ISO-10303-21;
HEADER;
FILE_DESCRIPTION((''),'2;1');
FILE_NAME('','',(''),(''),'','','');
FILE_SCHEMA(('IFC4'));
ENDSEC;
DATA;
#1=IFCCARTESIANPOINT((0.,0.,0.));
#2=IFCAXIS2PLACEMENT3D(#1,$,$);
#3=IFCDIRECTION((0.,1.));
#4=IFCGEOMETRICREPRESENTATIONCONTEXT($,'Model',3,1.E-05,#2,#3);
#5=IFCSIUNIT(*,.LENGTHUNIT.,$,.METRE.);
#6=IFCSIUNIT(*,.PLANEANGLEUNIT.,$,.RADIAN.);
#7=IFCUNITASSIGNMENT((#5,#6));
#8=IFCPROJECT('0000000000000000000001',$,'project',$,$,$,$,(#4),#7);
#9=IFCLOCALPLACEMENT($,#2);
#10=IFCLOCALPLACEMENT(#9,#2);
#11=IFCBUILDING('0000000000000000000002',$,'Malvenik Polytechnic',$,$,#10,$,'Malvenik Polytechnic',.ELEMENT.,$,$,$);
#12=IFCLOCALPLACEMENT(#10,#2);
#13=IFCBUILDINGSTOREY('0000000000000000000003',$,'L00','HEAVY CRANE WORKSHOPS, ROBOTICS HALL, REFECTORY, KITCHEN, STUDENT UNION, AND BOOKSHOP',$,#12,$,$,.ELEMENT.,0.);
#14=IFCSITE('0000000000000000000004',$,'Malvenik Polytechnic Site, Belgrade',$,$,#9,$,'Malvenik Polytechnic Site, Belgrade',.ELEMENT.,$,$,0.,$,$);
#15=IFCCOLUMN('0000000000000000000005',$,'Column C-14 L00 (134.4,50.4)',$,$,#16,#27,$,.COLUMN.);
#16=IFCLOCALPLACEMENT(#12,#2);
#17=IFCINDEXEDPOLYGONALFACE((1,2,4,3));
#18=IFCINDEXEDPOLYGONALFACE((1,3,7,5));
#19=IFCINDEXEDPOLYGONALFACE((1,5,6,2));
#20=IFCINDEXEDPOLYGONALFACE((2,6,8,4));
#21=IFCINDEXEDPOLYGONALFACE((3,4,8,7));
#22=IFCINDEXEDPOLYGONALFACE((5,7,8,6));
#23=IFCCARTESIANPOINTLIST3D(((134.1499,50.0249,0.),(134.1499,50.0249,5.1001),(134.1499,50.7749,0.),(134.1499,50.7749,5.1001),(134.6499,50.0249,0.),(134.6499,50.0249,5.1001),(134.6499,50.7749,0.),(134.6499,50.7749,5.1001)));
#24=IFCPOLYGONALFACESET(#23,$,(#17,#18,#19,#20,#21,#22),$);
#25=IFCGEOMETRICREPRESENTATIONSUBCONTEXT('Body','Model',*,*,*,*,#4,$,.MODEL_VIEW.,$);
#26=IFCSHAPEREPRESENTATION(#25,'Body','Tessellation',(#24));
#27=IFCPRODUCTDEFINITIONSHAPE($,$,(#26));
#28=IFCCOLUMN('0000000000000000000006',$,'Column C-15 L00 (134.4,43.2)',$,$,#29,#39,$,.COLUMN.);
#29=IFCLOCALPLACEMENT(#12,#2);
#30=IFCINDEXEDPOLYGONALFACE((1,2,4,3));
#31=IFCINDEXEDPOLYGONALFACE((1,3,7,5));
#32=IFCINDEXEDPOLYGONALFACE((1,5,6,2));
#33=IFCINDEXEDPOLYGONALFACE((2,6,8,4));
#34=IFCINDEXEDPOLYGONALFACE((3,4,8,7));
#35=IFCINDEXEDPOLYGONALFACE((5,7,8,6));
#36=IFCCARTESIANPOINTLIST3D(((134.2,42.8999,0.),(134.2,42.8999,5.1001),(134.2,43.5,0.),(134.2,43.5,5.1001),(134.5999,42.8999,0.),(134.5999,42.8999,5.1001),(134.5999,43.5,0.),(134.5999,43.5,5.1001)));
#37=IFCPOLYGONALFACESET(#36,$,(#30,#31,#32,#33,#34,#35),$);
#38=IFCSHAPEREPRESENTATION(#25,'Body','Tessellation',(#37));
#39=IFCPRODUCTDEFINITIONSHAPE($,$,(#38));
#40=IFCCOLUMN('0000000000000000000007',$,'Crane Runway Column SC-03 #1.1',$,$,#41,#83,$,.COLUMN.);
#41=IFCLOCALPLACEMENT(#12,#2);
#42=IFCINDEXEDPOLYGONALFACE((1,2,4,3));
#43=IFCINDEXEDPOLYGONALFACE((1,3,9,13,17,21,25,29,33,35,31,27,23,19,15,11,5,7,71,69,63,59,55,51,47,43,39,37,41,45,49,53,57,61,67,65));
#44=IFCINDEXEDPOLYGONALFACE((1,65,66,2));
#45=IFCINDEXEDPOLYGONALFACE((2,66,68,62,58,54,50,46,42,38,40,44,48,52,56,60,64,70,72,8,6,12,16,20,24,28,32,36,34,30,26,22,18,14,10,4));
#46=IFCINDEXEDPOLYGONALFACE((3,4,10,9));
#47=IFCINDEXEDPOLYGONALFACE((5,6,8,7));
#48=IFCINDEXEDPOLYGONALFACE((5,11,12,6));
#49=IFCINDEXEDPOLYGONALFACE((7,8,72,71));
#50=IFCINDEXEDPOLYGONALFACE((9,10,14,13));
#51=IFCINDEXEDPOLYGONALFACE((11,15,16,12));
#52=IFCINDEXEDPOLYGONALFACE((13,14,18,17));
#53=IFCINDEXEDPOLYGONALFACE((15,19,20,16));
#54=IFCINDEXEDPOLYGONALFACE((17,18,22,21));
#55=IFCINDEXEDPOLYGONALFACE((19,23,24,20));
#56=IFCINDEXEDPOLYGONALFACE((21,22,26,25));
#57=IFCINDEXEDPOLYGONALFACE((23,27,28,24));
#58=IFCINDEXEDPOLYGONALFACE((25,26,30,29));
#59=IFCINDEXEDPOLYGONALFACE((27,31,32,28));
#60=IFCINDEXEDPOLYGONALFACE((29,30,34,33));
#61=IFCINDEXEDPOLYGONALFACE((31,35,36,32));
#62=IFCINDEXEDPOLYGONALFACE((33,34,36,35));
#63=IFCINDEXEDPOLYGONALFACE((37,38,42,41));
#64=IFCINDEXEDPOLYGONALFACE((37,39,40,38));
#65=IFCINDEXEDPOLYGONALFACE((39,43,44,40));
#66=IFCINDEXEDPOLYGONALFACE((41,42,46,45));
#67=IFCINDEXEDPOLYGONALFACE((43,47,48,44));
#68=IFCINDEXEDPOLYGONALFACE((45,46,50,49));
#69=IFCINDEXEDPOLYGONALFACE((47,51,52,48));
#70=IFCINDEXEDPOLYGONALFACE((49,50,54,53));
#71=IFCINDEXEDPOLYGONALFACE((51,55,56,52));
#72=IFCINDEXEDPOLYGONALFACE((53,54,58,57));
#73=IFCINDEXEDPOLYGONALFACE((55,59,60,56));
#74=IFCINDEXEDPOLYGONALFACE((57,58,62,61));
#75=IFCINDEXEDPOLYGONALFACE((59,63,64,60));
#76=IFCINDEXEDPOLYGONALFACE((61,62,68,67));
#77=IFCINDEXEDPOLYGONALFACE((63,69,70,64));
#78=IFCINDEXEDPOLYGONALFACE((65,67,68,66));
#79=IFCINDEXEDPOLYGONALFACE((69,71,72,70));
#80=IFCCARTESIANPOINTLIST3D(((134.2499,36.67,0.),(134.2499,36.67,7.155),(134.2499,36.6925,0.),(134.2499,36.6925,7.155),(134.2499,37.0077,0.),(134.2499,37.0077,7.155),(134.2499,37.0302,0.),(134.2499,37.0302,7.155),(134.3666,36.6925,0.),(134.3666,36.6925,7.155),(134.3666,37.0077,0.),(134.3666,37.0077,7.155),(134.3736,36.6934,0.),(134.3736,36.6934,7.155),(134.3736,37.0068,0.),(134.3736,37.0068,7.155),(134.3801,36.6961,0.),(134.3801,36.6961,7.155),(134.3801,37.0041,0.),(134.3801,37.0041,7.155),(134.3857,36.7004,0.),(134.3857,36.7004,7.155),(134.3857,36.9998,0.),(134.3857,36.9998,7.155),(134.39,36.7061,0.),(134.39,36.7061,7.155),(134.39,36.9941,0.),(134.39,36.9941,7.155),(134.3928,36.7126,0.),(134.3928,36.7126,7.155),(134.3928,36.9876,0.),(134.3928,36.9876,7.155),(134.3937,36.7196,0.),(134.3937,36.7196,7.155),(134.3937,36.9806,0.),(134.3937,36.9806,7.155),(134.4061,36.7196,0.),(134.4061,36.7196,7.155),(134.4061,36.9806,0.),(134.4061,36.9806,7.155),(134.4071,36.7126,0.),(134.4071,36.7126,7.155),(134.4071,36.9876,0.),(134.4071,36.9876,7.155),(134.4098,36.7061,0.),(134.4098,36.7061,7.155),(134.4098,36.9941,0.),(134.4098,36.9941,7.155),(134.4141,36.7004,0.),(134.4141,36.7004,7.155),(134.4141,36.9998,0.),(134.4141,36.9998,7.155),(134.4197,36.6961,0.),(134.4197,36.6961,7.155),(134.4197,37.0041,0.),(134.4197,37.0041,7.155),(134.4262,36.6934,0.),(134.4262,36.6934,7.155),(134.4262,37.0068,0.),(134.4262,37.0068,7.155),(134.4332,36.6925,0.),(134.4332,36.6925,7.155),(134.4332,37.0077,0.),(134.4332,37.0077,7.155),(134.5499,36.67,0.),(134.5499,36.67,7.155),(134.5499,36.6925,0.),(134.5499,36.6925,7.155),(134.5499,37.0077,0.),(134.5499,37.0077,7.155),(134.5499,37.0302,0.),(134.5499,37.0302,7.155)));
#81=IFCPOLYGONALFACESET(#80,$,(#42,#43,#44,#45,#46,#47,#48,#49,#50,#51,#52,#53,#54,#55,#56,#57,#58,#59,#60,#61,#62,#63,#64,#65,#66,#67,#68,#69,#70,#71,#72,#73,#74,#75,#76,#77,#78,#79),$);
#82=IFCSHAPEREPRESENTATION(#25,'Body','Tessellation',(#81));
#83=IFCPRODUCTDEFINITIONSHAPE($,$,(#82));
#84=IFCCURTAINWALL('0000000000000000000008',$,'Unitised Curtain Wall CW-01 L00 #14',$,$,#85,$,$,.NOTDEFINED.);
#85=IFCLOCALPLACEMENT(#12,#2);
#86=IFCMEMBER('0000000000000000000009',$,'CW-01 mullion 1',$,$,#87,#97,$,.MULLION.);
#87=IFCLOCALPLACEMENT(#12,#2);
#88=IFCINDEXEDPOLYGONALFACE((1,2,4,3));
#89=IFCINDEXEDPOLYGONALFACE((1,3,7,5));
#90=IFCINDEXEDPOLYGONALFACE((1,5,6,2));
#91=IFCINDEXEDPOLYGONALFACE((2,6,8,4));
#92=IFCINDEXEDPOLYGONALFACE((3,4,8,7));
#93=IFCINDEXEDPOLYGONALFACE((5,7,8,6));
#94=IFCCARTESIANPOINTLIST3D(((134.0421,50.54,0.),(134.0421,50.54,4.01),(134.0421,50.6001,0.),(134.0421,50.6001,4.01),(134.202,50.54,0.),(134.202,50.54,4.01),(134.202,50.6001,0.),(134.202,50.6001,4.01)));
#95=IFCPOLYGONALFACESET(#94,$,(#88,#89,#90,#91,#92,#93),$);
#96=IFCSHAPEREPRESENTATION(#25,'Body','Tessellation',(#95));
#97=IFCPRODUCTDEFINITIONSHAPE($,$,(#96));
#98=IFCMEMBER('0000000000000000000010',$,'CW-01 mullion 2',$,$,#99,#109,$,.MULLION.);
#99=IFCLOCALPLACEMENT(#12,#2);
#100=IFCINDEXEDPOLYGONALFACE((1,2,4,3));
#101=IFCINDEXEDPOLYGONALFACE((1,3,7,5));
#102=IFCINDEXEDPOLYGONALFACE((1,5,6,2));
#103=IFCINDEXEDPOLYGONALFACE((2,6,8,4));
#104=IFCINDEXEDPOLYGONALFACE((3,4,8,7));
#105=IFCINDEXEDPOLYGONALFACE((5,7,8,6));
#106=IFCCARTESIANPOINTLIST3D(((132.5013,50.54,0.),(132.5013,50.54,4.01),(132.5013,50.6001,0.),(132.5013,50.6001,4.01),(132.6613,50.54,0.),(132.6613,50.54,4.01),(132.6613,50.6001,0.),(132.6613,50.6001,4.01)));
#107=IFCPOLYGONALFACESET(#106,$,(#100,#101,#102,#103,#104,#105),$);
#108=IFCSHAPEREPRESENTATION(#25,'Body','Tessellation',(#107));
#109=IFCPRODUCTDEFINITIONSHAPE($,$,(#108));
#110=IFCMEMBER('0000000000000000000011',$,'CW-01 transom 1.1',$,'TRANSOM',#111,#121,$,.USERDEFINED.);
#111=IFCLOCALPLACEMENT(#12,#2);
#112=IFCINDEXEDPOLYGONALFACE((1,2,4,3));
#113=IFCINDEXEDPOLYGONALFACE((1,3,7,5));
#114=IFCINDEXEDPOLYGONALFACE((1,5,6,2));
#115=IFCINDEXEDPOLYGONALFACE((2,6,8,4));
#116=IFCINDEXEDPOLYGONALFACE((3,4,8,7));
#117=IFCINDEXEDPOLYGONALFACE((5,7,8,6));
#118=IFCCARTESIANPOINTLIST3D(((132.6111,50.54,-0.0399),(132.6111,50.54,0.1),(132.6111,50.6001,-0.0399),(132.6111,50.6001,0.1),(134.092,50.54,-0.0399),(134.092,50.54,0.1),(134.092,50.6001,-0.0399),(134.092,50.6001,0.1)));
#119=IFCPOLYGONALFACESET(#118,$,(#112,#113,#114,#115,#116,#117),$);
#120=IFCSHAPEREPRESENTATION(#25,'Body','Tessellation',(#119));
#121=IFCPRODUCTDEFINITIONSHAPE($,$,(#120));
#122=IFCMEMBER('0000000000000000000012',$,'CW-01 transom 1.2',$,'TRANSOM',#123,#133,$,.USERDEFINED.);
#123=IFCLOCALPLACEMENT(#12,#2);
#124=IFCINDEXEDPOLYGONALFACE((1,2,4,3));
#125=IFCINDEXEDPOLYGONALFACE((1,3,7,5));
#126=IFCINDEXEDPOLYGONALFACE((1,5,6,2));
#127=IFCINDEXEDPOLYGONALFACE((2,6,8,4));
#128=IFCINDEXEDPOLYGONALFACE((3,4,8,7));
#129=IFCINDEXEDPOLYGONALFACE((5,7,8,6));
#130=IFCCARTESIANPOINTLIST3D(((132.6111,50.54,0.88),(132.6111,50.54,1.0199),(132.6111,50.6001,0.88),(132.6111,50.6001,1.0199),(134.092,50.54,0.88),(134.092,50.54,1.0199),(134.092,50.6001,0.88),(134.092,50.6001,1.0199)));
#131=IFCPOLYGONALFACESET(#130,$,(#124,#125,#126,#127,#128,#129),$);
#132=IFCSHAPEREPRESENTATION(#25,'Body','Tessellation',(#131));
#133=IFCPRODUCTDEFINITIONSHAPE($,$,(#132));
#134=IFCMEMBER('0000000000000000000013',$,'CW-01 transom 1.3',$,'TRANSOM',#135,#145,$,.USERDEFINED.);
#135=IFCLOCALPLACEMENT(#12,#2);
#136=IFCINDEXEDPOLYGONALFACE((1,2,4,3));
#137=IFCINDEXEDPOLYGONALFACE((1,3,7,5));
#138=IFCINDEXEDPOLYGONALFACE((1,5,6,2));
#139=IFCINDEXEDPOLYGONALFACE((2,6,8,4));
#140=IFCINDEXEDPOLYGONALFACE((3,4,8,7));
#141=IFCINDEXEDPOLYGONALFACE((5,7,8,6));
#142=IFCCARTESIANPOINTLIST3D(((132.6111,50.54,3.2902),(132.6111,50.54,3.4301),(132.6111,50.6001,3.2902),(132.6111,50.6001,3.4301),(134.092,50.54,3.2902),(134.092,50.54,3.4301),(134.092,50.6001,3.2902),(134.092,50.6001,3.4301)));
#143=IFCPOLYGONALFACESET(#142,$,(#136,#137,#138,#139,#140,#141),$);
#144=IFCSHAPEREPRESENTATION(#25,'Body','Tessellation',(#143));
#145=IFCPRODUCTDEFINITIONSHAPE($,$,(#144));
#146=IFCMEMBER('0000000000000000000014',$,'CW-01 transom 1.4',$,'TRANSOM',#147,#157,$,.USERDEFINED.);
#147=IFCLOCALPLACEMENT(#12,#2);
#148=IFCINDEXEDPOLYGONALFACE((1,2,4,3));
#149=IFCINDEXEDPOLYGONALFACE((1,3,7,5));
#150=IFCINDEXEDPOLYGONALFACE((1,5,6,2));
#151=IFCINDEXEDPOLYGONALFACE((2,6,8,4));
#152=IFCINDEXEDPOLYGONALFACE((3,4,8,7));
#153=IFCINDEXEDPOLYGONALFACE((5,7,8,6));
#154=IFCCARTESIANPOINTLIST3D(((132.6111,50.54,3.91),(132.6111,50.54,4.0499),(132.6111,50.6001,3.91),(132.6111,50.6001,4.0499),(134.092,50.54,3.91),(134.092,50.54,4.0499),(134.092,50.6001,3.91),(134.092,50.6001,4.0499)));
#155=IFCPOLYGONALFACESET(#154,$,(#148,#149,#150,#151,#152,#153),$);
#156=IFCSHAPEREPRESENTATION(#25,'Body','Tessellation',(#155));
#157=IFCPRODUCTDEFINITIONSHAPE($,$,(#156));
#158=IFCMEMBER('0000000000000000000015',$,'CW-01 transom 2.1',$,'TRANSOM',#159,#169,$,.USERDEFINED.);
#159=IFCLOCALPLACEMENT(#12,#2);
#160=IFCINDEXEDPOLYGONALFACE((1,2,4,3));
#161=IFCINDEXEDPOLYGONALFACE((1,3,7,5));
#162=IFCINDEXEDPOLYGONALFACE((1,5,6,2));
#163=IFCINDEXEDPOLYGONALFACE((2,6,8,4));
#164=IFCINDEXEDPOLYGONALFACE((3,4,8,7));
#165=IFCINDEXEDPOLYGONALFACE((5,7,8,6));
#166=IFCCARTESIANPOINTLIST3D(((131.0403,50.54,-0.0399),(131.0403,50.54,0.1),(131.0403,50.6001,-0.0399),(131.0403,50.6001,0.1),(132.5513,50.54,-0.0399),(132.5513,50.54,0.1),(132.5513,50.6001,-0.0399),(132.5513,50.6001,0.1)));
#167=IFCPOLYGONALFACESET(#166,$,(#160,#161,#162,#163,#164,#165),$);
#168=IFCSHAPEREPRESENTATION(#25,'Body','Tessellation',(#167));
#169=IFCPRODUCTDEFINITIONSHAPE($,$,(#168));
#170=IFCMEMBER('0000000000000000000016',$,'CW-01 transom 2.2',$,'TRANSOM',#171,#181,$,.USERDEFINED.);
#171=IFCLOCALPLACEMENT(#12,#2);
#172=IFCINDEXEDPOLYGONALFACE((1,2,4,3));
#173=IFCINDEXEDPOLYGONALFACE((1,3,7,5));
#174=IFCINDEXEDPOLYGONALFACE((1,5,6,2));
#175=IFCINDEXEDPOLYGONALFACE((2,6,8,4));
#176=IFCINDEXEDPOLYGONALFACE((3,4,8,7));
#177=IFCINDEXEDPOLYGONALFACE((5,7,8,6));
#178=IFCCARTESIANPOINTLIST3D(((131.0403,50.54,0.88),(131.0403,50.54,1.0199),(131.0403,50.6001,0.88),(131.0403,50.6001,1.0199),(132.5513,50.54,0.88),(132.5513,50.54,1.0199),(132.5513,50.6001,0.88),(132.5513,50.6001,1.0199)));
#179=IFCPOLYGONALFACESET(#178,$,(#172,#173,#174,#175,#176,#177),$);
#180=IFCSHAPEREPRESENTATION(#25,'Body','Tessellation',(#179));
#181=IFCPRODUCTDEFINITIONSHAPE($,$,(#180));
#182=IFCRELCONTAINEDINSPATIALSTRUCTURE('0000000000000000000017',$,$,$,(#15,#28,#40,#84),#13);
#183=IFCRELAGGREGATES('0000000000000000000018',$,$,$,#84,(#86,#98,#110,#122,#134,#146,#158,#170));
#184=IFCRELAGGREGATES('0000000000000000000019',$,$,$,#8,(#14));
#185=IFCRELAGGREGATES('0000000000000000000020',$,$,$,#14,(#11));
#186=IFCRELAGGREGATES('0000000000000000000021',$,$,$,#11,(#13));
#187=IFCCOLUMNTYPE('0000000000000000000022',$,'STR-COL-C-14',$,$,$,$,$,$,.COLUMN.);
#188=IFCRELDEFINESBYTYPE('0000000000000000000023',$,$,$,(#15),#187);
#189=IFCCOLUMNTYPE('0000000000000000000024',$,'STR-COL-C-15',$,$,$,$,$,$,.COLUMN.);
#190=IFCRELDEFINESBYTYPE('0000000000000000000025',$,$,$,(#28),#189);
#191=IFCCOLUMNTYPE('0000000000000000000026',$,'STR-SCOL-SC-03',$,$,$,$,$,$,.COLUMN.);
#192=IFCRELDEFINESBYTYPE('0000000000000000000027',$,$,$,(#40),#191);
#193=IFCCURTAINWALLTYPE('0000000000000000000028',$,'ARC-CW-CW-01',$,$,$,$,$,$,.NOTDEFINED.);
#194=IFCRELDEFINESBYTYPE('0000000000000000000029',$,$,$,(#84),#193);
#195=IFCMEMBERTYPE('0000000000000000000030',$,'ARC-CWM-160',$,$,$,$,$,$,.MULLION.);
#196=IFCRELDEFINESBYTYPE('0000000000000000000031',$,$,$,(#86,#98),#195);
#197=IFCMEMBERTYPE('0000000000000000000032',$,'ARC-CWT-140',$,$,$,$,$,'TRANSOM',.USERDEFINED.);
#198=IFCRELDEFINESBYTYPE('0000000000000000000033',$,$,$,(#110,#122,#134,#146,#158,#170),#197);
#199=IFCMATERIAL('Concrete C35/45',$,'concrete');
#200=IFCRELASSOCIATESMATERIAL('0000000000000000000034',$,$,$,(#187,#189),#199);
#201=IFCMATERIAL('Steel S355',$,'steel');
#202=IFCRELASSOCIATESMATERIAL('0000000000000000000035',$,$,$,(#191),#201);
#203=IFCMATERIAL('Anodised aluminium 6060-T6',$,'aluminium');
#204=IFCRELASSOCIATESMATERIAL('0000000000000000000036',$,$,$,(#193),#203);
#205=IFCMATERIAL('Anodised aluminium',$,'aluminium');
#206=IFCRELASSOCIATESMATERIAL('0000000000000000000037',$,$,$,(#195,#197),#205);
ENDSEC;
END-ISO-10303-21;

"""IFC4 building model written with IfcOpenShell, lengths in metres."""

from ifc_helpers import new_model, si_unit, direction, frame, origin, origin_2d, place, context, subcontext, project, spatial, rectangle, i_section, extrude, material, material_profile, profile_set, type_object, element, aggregate, save


model = new_model("IFC4")

# Units and contexts
model_context = context("Model", 3, precision=1e-05, world=origin(), true_north=direction((0.0, 1.0)))
body_context = subcontext(model_context, "Body", "Model", "MODEL_VIEW")
ifc_project = project(units=[si_unit("LENGTHUNIT", "METRE"), si_unit("PLANEANGLEUNIT", "RADIAN")], contexts=[model_context])

# Site, building, storey
site_placement = place(None, origin())
site = spatial("IfcSite", under=ifc_project, at=site_placement, Name="Malvenik Polytechnic Site, Belgrade", LongName="Malvenik Polytechnic Site, Belgrade", CompositionType="ELEMENT", RefElevation=0.0)
building_placement = place(site_placement, origin())
building = spatial("IfcBuilding", under=site, at=building_placement, Name="Malvenik Polytechnic", LongName="Malvenik Polytechnic", CompositionType="ELEMENT")
storey_placement = place(building_placement, origin())
storey = spatial("IfcBuildingStorey", under=building, at=storey_placement, Name="L00", Description="HEAVY CRANE WORKSHOPS, ROBOTICS HALL, REFECTORY, KITCHEN, STUDENT UNION, AND BOOKSHOP", CompositionType="ELEMENT", Elevation=0.0)

# Columns
ifc_material_1 = material(Name="Concrete C35/45", Category="concrete")
ifc_material_profile_1 = material_profile(ifc_material_1, rectangle(XDim=0.5, YDim=0.75, at=origin_2d()), Name="RC COL 750x500")
ifc_profile_set_1 = profile_set([ifc_material_profile_1], Name="Concrete C35/45")
column_type_1 = type_object("IfcColumnType", Name="STR-COL-C-14", PredefinedType="COLUMN", material=ifc_profile_set_1)
column_1_placement = place(storey_placement, frame((134.3999, 50.3999, 0.0), z_axis=(0.0, 0.0, 1.0), x_axis=(1.0, 0.0, 0.0)))
element("IfcColumn", 1, at=column_1_placement, inside=storey, type_object=column_type_1, Name="Column C-14 L00 (134.4,50.4)", PredefinedType="COLUMN", context=body_context, shape_type="SweptSolid", body=[
    extrude(rectangle(XDim=0.5, YDim=0.75, at=origin_2d()), origin(), (0.0, 0.0, 1.0), 5.1001),
])
ifc_material_profile_2 = material_profile(ifc_material_1, rectangle(XDim=0.3999, YDim=0.6001, at=origin_2d()), Name="RC COL 600x400")
ifc_profile_set_2 = profile_set([ifc_material_profile_2], Name="Concrete C35/45")
column_type_2 = type_object("IfcColumnType", Name="STR-COL-C-15", PredefinedType="COLUMN", material=ifc_profile_set_2)
column_2_placement = place(storey_placement, frame((134.3999, 43.2, 0.0), z_axis=(0.0, 0.0, 1.0), x_axis=(1.0, 0.0, 0.0)))
element("IfcColumn", 2, at=column_2_placement, inside=storey, type_object=column_type_2, Name="Column C-15 L00 (134.4,43.2)", PredefinedType="COLUMN", context=body_context, shape_type="SweptSolid", body=[
    extrude(rectangle(XDim=0.3999, YDim=0.6001, at=origin_2d()), origin(), (0.0, 0.0, 1.0), 5.1001),
])
ifc_material_2 = material(Name="Steel S355", Category="steel")
ifc_material_profile_3 = material_profile(ifc_material_2, i_section(OverallWidth=0.3, OverallDepth=0.3601, WebThickness=0.0125, FlangeThickness=0.0225, FilletRadius=0.0271, at=origin_2d()), Name="HEB 360")
ifc_profile_set_3 = profile_set([ifc_material_profile_3], Name="Steel S355")
column_type_3 = type_object("IfcColumnType", Name="STR-SCOL-SC-03", PredefinedType="COLUMN", material=ifc_profile_set_3)
column_3_placement = place(storey_placement, frame((134.3999, 36.8501, 0.0), z_axis=(0.0, 0.0, 1.0), x_axis=(1.0, 0.0, 0.0)))
element("IfcColumn", 3, at=column_3_placement, inside=storey, type_object=column_type_3, Name="Crane Runway Column SC-03 #1.1", PredefinedType="COLUMN", context=body_context, shape_type="SweptSolid", body=[
    extrude(i_section(OverallWidth=0.3, OverallDepth=0.3601, WebThickness=0.0125, FlangeThickness=0.0225, FilletRadius=0.0271, at=origin_2d()), origin(), (0.0, 0.0, 1.0), 7.155),
])

# Curtain wall, members
ifc_material_3 = material(Name="Anodised aluminium 6060-T6", Category="aluminium")
curtain_wall_type = type_object("IfcCurtainWallType", Name="ARC-CW-CW-01", PredefinedType="NOTDEFINED", material=ifc_material_3)
curtain_wall_placement = place(storey_placement, origin())
curtain_wall = element("IfcCurtainWall", 4, at=curtain_wall_placement, inside=storey, type_object=curtain_wall_type, Name="Unitised Curtain Wall CW-01 L00 #14", PredefinedType="NOTDEFINED")
ifc_material_4 = material(Name="Anodised aluminium", Category="aluminium")
ifc_material_profile_4 = material_profile(ifc_material_4, rectangle(XDim=0.0601, YDim=0.1599, at=origin_2d()), Name="ALU MULLION 60x160")
ifc_profile_set_4 = profile_set([ifc_material_profile_4], Name="Anodised aluminium")
member_type_1 = type_object("IfcMemberType", Name="ARC-CWM-160", PredefinedType="MULLION", material=ifc_profile_set_4)
member_1_placement = place(storey_placement, frame((134.1221, 50.5701, 0.0), z_axis=(0.0, 0.0, 1.0), x_axis=(0.0, -1.0, 0.0)))
member_1 = element("IfcMember", 5, at=member_1_placement, type_object=member_type_1, Name="CW-01 mullion 1", PredefinedType="MULLION", context=body_context, shape_type="SweptSolid", body=[
    extrude(rectangle(XDim=0.0601, YDim=0.1599, at=origin_2d()), origin(), (0.0, 0.0, 1.0), 4.01),
])
member_2_placement = place(storey_placement, frame((132.5813, 50.5701, 0.0), z_axis=(0.0, 0.0, 1.0), x_axis=(0.0, -1.0, 0.0)))
member_2 = element("IfcMember", 6, at=member_2_placement, type_object=member_type_1, Name="CW-01 mullion 2", PredefinedType="MULLION", context=body_context, shape_type="SweptSolid", body=[
    extrude(rectangle(XDim=0.0601, YDim=0.1599, at=origin_2d()), origin(), (0.0, 0.0, 1.0), 4.01),
])
ifc_material_profile_5 = material_profile(ifc_material_4, rectangle(XDim=0.0601, YDim=0.1399, at=origin_2d()), Name="ALU TRANSOM 60x140")
ifc_profile_set_5 = profile_set([ifc_material_profile_5], Name="Anodised aluminium")
member_type_2 = type_object("IfcMemberType", Name="ARC-CWT-140", ElementType="TRANSOM", PredefinedType="USERDEFINED", material=ifc_profile_set_5)
member_3_placement = place(storey_placement, frame((134.092, 50.5701, 0.03), z_axis=(-1.0, 0.0, 0.0), x_axis=(0.0, -1.0, 0.0)))
member_3 = element("IfcMember", 7, at=member_3_placement, type_object=member_type_2, Name="CW-01 transom 1.1", ObjectType="TRANSOM", PredefinedType="USERDEFINED", context=body_context, shape_type="SweptSolid", body=[
    extrude(rectangle(XDim=0.0601, YDim=0.1399, at=origin_2d()), origin(), (0.0, 0.0, 1.0), 1.481),
])
member_4_placement = place(storey_placement, frame((134.092, 50.5701, 0.95), z_axis=(-1.0, 0.0, 0.0), x_axis=(0.0, -1.0, 0.0)))
member_4 = element("IfcMember", 8, at=member_4_placement, type_object=member_type_2, Name="CW-01 transom 1.2", ObjectType="TRANSOM", PredefinedType="USERDEFINED", context=body_context, shape_type="SweptSolid", body=[
    extrude(rectangle(XDim=0.0601, YDim=0.1399, at=origin_2d()), origin(), (0.0, 0.0, 1.0), 1.481),
])
member_5_placement = place(storey_placement, frame((134.092, 50.5701, 3.3601), z_axis=(-1.0, 0.0, 0.0), x_axis=(0.0, -1.0, 0.0)))
member_5 = element("IfcMember", 9, at=member_5_placement, type_object=member_type_2, Name="CW-01 transom 1.3", ObjectType="TRANSOM", PredefinedType="USERDEFINED", context=body_context, shape_type="SweptSolid", body=[
    extrude(rectangle(XDim=0.0601, YDim=0.1399, at=origin_2d()), origin(), (0.0, 0.0, 1.0), 1.481),
])
member_6_placement = place(storey_placement, frame((134.092, 50.5701, 3.98), z_axis=(-1.0, 0.0, 0.0), x_axis=(0.0, -1.0, 0.0)))
member_6 = element("IfcMember", 10, at=member_6_placement, type_object=member_type_2, Name="CW-01 transom 1.4", ObjectType="TRANSOM", PredefinedType="USERDEFINED", context=body_context, shape_type="SweptSolid", body=[
    extrude(rectangle(XDim=0.0601, YDim=0.1399, at=origin_2d()), origin(), (0.0, 0.0, 1.0), 1.481),
])
member_7_placement = place(storey_placement, frame((132.5513, 50.5701, 0.03), z_axis=(-1.0, 0.0, 0.0), x_axis=(0.0, -1.0, 0.0)))
member_7 = element("IfcMember", 11, at=member_7_placement, type_object=member_type_2, Name="CW-01 transom 2.1", ObjectType="TRANSOM", PredefinedType="USERDEFINED", context=body_context, shape_type="SweptSolid", body=[
    extrude(rectangle(XDim=0.0601, YDim=0.1399, at=origin_2d()), origin(), (0.0, 0.0, 1.0), 1.511),
])
member_8_placement = place(storey_placement, frame((132.5513, 50.5701, 0.95), z_axis=(-1.0, 0.0, 0.0), x_axis=(0.0, -1.0, 0.0)))
member_8 = element("IfcMember", 12, at=member_8_placement, type_object=member_type_2, Name="CW-01 transom 2.2", ObjectType="TRANSOM", PredefinedType="USERDEFINED", context=body_context, shape_type="SweptSolid", body=[
    extrude(rectangle(XDim=0.0601, YDim=0.1399, at=origin_2d()), origin(), (0.0, 0.0, 1.0), 1.511),
])
aggregate(curtain_wall, [member_1, member_2, member_3, member_4, member_5, member_6, member_7, member_8])

save(model, "model.ifc")
